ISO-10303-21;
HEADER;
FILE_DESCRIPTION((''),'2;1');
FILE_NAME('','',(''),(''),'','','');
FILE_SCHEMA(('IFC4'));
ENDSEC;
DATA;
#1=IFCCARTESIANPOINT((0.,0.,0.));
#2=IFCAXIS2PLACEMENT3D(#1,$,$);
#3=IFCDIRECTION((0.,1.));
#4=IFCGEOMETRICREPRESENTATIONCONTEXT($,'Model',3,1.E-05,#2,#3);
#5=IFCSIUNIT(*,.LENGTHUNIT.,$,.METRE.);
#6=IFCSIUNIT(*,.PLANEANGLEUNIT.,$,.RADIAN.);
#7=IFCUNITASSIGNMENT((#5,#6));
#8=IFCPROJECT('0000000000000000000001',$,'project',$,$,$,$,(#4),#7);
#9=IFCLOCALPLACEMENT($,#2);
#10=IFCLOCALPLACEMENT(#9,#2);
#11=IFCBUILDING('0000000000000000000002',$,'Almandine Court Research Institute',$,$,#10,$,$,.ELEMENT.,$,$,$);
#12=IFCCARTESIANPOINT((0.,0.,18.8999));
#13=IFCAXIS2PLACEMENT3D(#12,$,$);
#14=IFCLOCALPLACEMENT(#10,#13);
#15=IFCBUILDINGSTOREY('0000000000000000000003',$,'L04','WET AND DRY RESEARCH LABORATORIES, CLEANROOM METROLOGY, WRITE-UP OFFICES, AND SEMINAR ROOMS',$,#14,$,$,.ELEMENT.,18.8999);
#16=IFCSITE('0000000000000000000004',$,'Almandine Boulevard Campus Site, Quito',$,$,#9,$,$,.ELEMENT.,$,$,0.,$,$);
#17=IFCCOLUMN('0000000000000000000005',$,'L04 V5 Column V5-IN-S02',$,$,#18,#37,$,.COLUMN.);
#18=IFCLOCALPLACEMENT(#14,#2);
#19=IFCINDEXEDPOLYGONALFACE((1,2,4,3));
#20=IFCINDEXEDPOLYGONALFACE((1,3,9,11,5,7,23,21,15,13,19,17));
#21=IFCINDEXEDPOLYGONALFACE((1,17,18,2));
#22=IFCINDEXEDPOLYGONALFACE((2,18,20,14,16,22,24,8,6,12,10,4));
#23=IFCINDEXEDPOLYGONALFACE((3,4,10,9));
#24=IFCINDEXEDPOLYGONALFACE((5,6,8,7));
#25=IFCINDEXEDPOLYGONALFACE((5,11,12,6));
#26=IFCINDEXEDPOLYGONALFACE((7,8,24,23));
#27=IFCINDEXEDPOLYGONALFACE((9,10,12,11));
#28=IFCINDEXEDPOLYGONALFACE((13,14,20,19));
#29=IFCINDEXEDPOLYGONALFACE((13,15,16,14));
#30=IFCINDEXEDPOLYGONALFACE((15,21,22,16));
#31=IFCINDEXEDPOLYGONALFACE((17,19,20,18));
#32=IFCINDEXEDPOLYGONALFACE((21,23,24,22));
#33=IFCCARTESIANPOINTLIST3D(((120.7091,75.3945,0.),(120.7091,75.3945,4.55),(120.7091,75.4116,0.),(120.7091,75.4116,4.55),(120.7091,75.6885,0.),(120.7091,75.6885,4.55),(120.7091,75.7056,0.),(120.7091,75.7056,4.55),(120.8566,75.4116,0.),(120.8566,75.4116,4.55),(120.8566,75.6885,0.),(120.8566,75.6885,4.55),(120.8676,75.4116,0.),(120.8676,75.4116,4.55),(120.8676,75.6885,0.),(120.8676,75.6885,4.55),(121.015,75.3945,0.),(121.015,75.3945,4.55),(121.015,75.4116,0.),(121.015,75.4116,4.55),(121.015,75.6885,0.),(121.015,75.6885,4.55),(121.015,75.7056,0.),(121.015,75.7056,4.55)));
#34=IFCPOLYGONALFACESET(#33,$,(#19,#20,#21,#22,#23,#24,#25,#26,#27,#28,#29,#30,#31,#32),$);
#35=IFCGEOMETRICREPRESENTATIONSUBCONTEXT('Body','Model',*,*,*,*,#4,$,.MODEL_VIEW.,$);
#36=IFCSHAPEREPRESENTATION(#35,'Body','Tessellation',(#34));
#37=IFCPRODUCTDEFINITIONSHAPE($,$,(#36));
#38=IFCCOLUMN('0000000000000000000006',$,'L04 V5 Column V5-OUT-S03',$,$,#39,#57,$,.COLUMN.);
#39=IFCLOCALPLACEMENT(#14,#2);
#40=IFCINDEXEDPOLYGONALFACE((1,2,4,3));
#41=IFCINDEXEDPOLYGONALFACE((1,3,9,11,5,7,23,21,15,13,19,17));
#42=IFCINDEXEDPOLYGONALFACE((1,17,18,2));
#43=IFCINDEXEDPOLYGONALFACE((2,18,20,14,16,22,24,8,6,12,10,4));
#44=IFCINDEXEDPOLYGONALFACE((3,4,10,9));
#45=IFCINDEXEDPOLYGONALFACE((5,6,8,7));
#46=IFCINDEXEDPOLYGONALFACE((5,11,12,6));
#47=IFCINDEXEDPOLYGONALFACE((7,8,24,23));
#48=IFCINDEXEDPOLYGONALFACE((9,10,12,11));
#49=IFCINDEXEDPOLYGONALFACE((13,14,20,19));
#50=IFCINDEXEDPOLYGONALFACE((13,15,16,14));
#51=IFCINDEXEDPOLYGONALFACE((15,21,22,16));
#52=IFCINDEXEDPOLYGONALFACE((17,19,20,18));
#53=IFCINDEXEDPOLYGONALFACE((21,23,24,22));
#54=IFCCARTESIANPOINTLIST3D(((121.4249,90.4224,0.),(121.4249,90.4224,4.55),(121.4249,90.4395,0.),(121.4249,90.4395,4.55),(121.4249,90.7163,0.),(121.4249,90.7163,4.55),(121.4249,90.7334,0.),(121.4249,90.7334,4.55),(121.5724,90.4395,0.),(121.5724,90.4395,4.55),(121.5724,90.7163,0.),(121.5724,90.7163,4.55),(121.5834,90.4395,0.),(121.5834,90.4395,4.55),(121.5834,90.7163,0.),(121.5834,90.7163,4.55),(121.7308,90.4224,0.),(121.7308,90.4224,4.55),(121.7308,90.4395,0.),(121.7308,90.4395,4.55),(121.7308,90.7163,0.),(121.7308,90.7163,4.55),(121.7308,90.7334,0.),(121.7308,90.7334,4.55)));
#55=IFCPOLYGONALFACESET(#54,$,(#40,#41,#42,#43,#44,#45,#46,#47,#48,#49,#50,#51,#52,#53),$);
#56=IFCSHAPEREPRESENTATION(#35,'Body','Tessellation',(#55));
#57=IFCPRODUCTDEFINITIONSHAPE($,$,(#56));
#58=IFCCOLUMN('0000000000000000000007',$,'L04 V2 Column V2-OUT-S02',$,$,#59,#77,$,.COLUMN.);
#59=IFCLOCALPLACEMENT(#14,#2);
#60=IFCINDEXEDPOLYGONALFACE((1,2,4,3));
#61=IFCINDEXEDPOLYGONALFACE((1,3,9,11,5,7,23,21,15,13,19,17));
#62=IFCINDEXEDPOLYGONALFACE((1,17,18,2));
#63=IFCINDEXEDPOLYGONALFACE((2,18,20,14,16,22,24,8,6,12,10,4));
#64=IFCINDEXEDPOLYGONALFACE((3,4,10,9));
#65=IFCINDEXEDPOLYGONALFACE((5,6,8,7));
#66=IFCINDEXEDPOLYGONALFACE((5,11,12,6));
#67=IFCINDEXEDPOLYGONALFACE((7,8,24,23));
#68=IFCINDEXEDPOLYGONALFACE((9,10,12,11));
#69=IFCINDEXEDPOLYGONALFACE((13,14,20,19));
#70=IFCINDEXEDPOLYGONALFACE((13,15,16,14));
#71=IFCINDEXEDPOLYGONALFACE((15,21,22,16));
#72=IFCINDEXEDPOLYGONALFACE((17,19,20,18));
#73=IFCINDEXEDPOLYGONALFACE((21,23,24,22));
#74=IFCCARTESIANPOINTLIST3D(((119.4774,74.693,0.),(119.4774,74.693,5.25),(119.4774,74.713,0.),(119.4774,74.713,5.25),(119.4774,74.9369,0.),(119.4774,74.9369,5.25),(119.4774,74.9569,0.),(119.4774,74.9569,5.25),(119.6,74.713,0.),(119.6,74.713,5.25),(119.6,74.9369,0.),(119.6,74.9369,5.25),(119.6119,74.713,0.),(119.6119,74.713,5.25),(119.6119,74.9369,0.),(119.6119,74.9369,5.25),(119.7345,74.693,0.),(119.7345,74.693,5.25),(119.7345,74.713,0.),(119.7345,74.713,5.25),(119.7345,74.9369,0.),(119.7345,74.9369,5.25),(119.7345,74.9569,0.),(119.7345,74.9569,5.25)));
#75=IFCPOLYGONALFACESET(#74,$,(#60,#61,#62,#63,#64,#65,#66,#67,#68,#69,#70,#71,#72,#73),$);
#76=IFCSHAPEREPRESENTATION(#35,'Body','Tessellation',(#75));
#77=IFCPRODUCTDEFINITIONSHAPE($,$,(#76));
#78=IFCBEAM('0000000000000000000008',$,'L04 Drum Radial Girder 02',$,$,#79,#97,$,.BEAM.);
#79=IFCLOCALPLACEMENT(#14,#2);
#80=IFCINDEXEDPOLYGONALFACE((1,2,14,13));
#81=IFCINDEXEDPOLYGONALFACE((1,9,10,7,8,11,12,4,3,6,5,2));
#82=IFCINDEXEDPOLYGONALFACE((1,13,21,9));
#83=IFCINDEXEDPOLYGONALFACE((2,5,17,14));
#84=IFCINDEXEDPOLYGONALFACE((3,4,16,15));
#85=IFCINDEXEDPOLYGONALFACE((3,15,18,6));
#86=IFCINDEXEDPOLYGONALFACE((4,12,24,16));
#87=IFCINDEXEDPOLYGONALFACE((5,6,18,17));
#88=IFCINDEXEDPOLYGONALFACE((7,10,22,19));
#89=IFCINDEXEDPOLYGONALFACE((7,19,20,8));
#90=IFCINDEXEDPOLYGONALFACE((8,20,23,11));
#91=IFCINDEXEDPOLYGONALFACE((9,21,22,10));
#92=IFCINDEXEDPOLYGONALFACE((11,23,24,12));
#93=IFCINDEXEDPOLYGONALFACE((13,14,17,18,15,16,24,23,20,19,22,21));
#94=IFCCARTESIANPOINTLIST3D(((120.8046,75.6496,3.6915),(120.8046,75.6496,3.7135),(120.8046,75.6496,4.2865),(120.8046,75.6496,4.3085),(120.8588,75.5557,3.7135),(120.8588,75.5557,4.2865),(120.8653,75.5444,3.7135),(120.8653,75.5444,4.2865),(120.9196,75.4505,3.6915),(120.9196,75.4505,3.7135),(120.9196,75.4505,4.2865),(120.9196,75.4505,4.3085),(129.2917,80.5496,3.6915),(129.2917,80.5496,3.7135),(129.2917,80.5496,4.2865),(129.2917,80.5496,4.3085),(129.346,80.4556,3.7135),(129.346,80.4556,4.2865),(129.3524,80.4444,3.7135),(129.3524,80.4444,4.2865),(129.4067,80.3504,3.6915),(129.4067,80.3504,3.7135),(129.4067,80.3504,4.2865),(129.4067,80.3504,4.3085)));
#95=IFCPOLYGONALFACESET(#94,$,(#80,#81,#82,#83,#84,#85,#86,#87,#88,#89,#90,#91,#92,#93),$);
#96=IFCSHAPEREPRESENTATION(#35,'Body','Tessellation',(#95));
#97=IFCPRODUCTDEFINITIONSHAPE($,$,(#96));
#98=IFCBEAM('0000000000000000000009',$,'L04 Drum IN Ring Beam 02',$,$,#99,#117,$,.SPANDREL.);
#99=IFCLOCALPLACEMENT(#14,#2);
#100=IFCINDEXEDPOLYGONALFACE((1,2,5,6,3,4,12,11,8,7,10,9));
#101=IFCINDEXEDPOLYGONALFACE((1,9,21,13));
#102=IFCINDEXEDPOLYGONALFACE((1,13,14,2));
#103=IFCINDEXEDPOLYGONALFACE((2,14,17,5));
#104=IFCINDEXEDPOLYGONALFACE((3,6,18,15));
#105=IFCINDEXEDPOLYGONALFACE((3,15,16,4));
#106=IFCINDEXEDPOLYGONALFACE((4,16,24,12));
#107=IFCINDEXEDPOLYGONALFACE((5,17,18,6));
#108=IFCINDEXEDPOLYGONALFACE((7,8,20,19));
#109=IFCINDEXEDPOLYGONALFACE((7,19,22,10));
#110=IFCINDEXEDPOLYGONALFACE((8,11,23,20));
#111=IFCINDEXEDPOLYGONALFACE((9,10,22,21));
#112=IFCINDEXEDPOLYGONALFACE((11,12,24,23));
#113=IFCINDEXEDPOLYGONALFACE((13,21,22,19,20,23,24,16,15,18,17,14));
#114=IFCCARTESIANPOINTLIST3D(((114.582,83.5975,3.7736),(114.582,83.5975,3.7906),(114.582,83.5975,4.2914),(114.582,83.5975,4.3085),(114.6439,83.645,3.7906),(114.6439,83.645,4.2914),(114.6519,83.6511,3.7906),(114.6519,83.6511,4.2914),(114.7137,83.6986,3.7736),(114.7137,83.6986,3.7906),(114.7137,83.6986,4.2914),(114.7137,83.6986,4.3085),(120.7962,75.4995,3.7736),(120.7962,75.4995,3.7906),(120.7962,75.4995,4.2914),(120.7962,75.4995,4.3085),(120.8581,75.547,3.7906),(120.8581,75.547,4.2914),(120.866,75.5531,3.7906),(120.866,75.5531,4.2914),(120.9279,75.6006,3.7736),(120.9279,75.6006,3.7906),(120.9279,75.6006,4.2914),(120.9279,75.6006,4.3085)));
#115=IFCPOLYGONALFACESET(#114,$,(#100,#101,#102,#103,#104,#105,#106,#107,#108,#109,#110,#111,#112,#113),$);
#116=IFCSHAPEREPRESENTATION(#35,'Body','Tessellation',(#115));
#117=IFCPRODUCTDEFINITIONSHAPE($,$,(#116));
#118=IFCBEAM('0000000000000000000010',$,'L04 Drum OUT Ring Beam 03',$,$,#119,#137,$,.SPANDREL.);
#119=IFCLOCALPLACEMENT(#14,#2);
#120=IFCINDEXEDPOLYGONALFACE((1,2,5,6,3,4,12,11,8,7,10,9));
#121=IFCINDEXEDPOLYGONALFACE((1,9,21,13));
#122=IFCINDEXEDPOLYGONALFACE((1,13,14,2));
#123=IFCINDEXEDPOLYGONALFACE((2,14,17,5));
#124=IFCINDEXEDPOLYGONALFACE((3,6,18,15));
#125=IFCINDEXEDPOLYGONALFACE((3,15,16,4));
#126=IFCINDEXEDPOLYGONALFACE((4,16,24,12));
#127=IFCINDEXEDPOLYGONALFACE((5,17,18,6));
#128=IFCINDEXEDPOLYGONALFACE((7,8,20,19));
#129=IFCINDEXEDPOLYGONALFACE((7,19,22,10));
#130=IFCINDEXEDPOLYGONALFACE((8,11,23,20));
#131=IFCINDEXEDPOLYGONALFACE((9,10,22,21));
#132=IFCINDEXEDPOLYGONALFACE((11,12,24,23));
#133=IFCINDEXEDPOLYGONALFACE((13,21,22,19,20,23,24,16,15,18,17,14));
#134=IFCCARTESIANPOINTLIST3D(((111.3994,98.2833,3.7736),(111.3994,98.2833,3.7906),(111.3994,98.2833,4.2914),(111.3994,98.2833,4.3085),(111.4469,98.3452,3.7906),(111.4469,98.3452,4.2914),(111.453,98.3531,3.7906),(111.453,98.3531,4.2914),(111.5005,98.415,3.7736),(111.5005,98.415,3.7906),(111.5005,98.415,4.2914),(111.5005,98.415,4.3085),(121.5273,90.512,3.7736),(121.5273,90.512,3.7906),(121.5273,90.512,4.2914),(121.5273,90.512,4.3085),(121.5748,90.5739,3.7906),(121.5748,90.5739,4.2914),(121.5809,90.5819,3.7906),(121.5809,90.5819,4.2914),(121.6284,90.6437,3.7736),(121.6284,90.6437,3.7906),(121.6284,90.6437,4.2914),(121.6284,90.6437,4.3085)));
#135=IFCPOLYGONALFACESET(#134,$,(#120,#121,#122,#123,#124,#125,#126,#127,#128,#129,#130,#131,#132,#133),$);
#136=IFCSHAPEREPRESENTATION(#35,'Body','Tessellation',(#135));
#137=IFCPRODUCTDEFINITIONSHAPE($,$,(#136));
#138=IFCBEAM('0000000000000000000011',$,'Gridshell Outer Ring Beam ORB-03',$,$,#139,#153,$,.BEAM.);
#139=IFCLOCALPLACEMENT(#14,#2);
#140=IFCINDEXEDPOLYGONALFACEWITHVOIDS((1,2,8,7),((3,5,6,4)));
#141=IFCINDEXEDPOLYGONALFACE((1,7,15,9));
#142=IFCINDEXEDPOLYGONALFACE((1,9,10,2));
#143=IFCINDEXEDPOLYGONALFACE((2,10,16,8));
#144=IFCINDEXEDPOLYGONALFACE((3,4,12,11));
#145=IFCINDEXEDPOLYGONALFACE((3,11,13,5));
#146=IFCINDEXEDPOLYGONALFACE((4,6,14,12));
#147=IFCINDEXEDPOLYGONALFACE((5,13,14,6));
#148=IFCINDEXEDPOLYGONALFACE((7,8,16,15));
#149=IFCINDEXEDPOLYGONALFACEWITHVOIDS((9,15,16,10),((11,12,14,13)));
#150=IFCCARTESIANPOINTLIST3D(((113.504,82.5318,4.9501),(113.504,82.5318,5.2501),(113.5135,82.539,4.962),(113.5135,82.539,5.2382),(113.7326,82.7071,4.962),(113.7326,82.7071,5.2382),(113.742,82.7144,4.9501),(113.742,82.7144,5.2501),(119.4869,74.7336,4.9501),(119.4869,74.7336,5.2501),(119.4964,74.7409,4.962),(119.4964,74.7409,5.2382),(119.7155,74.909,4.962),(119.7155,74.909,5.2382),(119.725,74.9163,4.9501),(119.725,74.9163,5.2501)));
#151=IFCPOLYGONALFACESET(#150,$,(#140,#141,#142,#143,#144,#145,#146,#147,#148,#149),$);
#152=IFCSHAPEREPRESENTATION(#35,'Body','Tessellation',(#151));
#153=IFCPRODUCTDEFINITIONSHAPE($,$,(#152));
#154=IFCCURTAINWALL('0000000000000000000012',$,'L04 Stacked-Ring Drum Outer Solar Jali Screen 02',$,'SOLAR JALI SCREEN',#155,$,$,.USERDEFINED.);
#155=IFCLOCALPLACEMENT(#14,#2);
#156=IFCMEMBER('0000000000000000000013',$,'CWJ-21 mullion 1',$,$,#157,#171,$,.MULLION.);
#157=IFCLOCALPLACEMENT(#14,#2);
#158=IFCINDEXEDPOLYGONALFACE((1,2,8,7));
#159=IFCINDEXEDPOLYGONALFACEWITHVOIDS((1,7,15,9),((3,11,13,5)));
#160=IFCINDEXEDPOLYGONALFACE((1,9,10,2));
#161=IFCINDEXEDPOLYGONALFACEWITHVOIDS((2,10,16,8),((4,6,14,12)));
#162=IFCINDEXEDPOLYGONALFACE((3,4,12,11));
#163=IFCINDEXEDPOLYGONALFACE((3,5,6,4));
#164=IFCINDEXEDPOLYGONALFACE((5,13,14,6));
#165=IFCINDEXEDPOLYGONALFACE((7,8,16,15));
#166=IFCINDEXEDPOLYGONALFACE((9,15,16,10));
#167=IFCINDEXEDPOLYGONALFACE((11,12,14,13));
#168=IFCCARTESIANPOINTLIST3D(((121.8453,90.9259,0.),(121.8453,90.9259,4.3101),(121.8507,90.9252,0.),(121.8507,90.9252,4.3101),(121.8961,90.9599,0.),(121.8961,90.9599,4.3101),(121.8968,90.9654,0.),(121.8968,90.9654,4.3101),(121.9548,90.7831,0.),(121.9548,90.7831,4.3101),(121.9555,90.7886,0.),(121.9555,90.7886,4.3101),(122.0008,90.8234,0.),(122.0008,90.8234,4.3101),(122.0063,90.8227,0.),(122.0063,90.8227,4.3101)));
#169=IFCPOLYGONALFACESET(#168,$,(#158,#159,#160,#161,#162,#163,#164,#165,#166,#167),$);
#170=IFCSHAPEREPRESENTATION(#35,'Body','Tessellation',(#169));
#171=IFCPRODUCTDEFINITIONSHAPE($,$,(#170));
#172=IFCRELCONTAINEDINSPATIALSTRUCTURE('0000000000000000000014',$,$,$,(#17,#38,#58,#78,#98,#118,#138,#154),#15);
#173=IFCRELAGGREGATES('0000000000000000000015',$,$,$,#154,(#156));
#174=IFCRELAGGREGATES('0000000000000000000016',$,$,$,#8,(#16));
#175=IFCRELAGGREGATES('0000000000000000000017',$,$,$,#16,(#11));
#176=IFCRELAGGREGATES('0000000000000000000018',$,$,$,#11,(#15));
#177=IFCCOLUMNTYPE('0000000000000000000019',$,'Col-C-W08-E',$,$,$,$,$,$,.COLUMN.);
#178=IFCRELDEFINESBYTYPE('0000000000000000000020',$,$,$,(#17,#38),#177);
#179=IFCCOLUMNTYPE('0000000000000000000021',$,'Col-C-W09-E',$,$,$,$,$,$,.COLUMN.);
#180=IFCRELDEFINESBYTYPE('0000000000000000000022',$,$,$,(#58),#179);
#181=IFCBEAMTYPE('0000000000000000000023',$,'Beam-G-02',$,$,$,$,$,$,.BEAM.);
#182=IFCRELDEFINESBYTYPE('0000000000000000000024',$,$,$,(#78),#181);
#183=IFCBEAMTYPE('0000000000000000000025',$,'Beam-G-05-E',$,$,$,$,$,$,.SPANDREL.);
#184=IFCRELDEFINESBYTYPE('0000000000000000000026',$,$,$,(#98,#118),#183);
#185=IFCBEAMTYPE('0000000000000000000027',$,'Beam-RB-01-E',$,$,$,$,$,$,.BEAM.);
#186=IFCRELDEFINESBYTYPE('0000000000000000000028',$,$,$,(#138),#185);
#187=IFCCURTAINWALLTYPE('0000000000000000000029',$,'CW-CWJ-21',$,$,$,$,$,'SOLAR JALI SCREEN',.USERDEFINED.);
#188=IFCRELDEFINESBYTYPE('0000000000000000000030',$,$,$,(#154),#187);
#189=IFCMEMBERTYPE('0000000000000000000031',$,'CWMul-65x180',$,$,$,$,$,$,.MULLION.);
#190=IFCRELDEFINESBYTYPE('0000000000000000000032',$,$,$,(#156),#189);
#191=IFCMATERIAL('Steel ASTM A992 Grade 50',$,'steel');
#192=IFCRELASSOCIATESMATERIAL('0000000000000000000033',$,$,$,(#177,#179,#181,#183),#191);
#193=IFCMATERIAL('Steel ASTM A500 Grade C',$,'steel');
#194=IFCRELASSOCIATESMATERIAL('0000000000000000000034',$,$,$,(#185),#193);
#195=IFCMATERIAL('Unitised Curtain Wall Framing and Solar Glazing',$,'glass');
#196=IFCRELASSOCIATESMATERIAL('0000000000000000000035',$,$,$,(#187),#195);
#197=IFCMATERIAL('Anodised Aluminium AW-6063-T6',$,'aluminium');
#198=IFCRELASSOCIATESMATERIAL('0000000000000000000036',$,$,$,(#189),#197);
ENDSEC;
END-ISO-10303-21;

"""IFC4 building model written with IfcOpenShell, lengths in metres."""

from ifc_helpers import new_model, si_unit, direction, frame, origin, origin_2d, place, context, subcontext, project, spatial, hollow_rectangle, i_section, extrude, material, material_profile, profile_set, type_object, element, aggregate, save


model = new_model("IFC4")

# Units and contexts
model_context = context("Model", 3, precision=1e-05, world=origin(), true_north=direction((0.0, 1.0)))
body_context = subcontext(model_context, "Body", "Model", "MODEL_VIEW")
ifc_project = project(units=[si_unit("LENGTHUNIT", "METRE"), si_unit("PLANEANGLEUNIT", "RADIAN")], contexts=[model_context])

# Site, building, storey
site_placement = place(None, origin())
site = spatial("IfcSite", under=ifc_project, at=site_placement, Name="Almandine Boulevard Campus Site, Quito", CompositionType="ELEMENT", RefElevation=0.0)
building_placement = place(site_placement, origin())
building = spatial("IfcBuilding", under=site, at=building_placement, Name="Almandine Court Research Institute", CompositionType="ELEMENT")
storey_placement = place(building_placement, frame((0.0, 0.0, 18.8999)))
storey = spatial("IfcBuildingStorey", under=building, at=storey_placement, Name="L04", Description="WET AND DRY RESEARCH LABORATORIES, CLEANROOM METROLOGY, WRITE-UP OFFICES, AND SEMINAR ROOMS", CompositionType="ELEMENT", Elevation=18.8999)

# Columns
ifc_material_1 = material(Name="Steel ASTM A992 Grade 50", Category="steel")
ifc_material_profile_1 = material_profile(ifc_material_1, i_section(OverallWidth=0.3059, OverallDepth=0.311, WebThickness=0.011, FlangeThickness=0.0171, at=origin_2d()), Name="W310x107")
ifc_profile_set_1 = profile_set([ifc_material_profile_1], Name="Steel ASTM A992 Grade 50")
column_type_1 = type_object("IfcColumnType", Name="Col-C-W08-E", PredefinedType="COLUMN", material=ifc_profile_set_1)
for number, where, z_axis, x_axis, name in (
    (1, (120.8621, 75.55, 0.0), (0.0, 0.0, 1.0), (1.0, 0.0, 0.0), "L04 V5 Column V5-IN-S02"),
    (2, (121.5779, 90.5779, 0.0), (0.0, 0.0, 1.0), (1.0, 0.0, 0.0), "L04 V5 Column V5-OUT-S03"),
):
    element("IfcColumn", number, at=place(storey_placement, frame(where, z_axis=z_axis, x_axis=x_axis)), inside=storey, type_object=column_type_1, Name=name, PredefinedType="COLUMN", context=body_context, shape_type="SweptSolid", body=[
        extrude(i_section(OverallWidth=0.3059, OverallDepth=0.311, WebThickness=0.011, FlangeThickness=0.0171, at=origin_2d()), origin(), (0.0, 0.0, 1.0), 4.55),
    ])
ifc_material_profile_2 = material_profile(ifc_material_1, i_section(OverallWidth=0.2571, OverallDepth=0.2639, WebThickness=0.012, FlangeThickness=0.02, at=origin_2d()), Name="W250x101")
ifc_profile_set_2 = profile_set([ifc_material_profile_2], Name="Steel ASTM A992 Grade 50")
column_type_2 = type_object("IfcColumnType", Name="Col-C-W09-E", PredefinedType="COLUMN", material=ifc_profile_set_2)
column_placement = place(storey_placement, frame((119.606, 74.825, 0.0), z_axis=(0.0, 0.0, 1.0), x_axis=(1.0, 0.0, 0.0)))
element("IfcColumn", 3, at=column_placement, inside=storey, type_object=column_type_2, Name="L04 V2 Column V2-OUT-S02", PredefinedType="COLUMN", context=body_context, shape_type="SweptSolid", body=[
    extrude(i_section(OverallWidth=0.2571, OverallDepth=0.2639, WebThickness=0.012, FlangeThickness=0.02, at=origin_2d()), origin(), (0.0, 0.0, 1.0), 5.25),
])

# Beams
ifc_material_profile_3 = material_profile(ifc_material_1, i_section(OverallWidth=0.23, OverallDepth=0.6169, WebThickness=0.0129, FlangeThickness=0.022, at=origin_2d()), Name="W610x140")
ifc_profile_set_3 = profile_set([ifc_material_profile_3], Name="Steel ASTM A992 Grade 50")
beam_type_1 = type_object("IfcBeamType", Name="Beam-G-02", PredefinedType="BEAM", material=ifc_profile_set_3)
beam_1_placement = place(storey_placement, frame((120.8621, 75.55, 4.0), z_axis=(0.86603, 0.499992, 0.0), x_axis=(-0.499992, 0.86603, 0.0)))
element("IfcBeam", 4, at=beam_1_placement, inside=storey, type_object=beam_type_1, Name="L04 Drum Radial Girder 02", PredefinedType="BEAM", context=body_context, shape_type="SweptSolid", body=[
    extrude(i_section(OverallWidth=0.23, OverallDepth=0.6169, WebThickness=0.0129, FlangeThickness=0.022, at=origin_2d()), origin(), (0.0, 0.0, 1.0), 9.8),
])
ifc_material_profile_4 = material_profile(ifc_material_1, i_section(OverallWidth=0.166, OverallDepth=0.5349, WebThickness=0.01, FlangeThickness=0.0171, at=origin_2d()), Name="W530x85")
ifc_profile_set_4 = profile_set([ifc_material_profile_4], Name="Steel ASTM A992 Grade 50")
beam_type_2 = type_object("IfcBeamType", Name="Beam-G-05-E", PredefinedType="SPANDREL", material=ifc_profile_set_4)
beam_2_placement = place(storey_placement, frame((120.8621, 75.55, 4.041), z_axis=(-0.608784, 0.793336, 0.0), x_axis=(-0.793336, -0.608784, 0.0)))
element("IfcBeam", 5, at=beam_2_placement, inside=storey, type_object=beam_type_2, Name="L04 Drum IN Ring Beam 02", PredefinedType="SPANDREL", context=body_context, shape_type="SweptSolid", body=[
    extrude(i_section(OverallWidth=0.166, OverallDepth=0.5349, WebThickness=0.01, FlangeThickness=0.0171, at=origin_2d()), origin(), (0.0, 0.0, 1.0), 10.2075),
])
beam_3_placement = place(storey_placement, frame((121.5779, 90.5779, 4.041), z_axis=(-0.793361, 0.608752, 0.0), x_axis=(-0.608752, -0.793361, 0.0)))
element("IfcBeam", 6, at=beam_3_placement, inside=storey, type_object=beam_type_2, Name="L04 Drum OUT Ring Beam 03", PredefinedType="SPANDREL", context=body_context, shape_type="SweptSolid", body=[
    extrude(i_section(OverallWidth=0.166, OverallDepth=0.5349, WebThickness=0.01, FlangeThickness=0.0171, at=origin_2d()), origin(), (0.0, 0.0, 1.0), 12.7659),
])
ifc_material_2 = material(Name="Steel ASTM A500 Grade C", Category="steel")
ifc_material_profile_5 = material_profile(ifc_material_2, hollow_rectangle(XDim=0.3, YDim=0.3, WallThickness=0.012, at=origin_2d()), Name="HSS 300x300x12")
ifc_profile_set_5 = profile_set([ifc_material_profile_5], Name="Steel ASTM A500 Grade C")
beam_type_3 = type_object("IfcBeamType", Name="Beam-RB-01-E", PredefinedType="BEAM", material=ifc_profile_set_5)
beam_4_placement = place(storey_placement, frame((119.606, 74.825, 5.1001), z_axis=(-0.608712, 0.793392, 0.0), x_axis=(-0.793392, -0.608712, 0.0)))
element("IfcBeam", 7, at=beam_4_placement, inside=storey, type_object=beam_type_3, Name="Gridshell Outer Ring Beam ORB-03", PredefinedType="BEAM", context=body_context, shape_type="SweptSolid", body=[
    extrude(hollow_rectangle(XDim=0.3, YDim=0.3, WallThickness=0.012, at=origin_2d()), origin(), (0.0, 0.0, 1.0), 9.8289),
])

# Curtain wall, member
ifc_material_3 = material(Name="Unitised Curtain Wall Framing and Solar Glazing", Category="glass")
curtain_wall_type = type_object("IfcCurtainWallType", Name="CW-CWJ-21", ElementType="SOLAR JALI SCREEN", PredefinedType="USERDEFINED", material=ifc_material_3)
curtain_wall_placement = place(storey_placement, origin())
curtain_wall = element("IfcCurtainWall", 8, at=curtain_wall_placement, inside=storey, type_object=curtain_wall_type, Name="L04 Stacked-Ring Drum Outer Solar Jali Screen 02", ObjectType="SOLAR JALI SCREEN", PredefinedType="USERDEFINED")
ifc_material_4 = material(Name="Anodised Aluminium AW-6063-T6", Category="aluminium")
ifc_material_profile_6 = material_profile(ifc_material_4, hollow_rectangle(XDim=0.0649, YDim=0.1799, WallThickness=0.0039, at=origin_2d()), Name="ALU RHS 65x180x4")
ifc_profile_set_6 = profile_set([ifc_material_profile_6], Name="Anodised Aluminium AW-6063-T6")
member_type_1 = type_object("IfcMemberType", Name="CWMul-65x180", PredefinedType="MULLION", material=ifc_profile_set_6)
member_1_placement = place(storey_placement, frame((121.9258, 90.8743, 0.0), z_axis=(0.0, 0.0, 1.0), x_axis=(0.793383, 0.608723, 0.0)))
member_1 = element("IfcMember", 9, at=member_1_placement, type_object=member_type_1, Name="CWJ-21 mullion 1", PredefinedType="MULLION", context=body_context, shape_type="SweptSolid", body=[
    extrude(hollow_rectangle(XDim=0.0649, YDim=0.1799, WallThickness=0.0039, at=origin_2d()), origin(), (0.0, 0.0, 1.0), 4.3101),
])
aggregate(curtain_wall, [member_1])

save(model, "model.ifc")
